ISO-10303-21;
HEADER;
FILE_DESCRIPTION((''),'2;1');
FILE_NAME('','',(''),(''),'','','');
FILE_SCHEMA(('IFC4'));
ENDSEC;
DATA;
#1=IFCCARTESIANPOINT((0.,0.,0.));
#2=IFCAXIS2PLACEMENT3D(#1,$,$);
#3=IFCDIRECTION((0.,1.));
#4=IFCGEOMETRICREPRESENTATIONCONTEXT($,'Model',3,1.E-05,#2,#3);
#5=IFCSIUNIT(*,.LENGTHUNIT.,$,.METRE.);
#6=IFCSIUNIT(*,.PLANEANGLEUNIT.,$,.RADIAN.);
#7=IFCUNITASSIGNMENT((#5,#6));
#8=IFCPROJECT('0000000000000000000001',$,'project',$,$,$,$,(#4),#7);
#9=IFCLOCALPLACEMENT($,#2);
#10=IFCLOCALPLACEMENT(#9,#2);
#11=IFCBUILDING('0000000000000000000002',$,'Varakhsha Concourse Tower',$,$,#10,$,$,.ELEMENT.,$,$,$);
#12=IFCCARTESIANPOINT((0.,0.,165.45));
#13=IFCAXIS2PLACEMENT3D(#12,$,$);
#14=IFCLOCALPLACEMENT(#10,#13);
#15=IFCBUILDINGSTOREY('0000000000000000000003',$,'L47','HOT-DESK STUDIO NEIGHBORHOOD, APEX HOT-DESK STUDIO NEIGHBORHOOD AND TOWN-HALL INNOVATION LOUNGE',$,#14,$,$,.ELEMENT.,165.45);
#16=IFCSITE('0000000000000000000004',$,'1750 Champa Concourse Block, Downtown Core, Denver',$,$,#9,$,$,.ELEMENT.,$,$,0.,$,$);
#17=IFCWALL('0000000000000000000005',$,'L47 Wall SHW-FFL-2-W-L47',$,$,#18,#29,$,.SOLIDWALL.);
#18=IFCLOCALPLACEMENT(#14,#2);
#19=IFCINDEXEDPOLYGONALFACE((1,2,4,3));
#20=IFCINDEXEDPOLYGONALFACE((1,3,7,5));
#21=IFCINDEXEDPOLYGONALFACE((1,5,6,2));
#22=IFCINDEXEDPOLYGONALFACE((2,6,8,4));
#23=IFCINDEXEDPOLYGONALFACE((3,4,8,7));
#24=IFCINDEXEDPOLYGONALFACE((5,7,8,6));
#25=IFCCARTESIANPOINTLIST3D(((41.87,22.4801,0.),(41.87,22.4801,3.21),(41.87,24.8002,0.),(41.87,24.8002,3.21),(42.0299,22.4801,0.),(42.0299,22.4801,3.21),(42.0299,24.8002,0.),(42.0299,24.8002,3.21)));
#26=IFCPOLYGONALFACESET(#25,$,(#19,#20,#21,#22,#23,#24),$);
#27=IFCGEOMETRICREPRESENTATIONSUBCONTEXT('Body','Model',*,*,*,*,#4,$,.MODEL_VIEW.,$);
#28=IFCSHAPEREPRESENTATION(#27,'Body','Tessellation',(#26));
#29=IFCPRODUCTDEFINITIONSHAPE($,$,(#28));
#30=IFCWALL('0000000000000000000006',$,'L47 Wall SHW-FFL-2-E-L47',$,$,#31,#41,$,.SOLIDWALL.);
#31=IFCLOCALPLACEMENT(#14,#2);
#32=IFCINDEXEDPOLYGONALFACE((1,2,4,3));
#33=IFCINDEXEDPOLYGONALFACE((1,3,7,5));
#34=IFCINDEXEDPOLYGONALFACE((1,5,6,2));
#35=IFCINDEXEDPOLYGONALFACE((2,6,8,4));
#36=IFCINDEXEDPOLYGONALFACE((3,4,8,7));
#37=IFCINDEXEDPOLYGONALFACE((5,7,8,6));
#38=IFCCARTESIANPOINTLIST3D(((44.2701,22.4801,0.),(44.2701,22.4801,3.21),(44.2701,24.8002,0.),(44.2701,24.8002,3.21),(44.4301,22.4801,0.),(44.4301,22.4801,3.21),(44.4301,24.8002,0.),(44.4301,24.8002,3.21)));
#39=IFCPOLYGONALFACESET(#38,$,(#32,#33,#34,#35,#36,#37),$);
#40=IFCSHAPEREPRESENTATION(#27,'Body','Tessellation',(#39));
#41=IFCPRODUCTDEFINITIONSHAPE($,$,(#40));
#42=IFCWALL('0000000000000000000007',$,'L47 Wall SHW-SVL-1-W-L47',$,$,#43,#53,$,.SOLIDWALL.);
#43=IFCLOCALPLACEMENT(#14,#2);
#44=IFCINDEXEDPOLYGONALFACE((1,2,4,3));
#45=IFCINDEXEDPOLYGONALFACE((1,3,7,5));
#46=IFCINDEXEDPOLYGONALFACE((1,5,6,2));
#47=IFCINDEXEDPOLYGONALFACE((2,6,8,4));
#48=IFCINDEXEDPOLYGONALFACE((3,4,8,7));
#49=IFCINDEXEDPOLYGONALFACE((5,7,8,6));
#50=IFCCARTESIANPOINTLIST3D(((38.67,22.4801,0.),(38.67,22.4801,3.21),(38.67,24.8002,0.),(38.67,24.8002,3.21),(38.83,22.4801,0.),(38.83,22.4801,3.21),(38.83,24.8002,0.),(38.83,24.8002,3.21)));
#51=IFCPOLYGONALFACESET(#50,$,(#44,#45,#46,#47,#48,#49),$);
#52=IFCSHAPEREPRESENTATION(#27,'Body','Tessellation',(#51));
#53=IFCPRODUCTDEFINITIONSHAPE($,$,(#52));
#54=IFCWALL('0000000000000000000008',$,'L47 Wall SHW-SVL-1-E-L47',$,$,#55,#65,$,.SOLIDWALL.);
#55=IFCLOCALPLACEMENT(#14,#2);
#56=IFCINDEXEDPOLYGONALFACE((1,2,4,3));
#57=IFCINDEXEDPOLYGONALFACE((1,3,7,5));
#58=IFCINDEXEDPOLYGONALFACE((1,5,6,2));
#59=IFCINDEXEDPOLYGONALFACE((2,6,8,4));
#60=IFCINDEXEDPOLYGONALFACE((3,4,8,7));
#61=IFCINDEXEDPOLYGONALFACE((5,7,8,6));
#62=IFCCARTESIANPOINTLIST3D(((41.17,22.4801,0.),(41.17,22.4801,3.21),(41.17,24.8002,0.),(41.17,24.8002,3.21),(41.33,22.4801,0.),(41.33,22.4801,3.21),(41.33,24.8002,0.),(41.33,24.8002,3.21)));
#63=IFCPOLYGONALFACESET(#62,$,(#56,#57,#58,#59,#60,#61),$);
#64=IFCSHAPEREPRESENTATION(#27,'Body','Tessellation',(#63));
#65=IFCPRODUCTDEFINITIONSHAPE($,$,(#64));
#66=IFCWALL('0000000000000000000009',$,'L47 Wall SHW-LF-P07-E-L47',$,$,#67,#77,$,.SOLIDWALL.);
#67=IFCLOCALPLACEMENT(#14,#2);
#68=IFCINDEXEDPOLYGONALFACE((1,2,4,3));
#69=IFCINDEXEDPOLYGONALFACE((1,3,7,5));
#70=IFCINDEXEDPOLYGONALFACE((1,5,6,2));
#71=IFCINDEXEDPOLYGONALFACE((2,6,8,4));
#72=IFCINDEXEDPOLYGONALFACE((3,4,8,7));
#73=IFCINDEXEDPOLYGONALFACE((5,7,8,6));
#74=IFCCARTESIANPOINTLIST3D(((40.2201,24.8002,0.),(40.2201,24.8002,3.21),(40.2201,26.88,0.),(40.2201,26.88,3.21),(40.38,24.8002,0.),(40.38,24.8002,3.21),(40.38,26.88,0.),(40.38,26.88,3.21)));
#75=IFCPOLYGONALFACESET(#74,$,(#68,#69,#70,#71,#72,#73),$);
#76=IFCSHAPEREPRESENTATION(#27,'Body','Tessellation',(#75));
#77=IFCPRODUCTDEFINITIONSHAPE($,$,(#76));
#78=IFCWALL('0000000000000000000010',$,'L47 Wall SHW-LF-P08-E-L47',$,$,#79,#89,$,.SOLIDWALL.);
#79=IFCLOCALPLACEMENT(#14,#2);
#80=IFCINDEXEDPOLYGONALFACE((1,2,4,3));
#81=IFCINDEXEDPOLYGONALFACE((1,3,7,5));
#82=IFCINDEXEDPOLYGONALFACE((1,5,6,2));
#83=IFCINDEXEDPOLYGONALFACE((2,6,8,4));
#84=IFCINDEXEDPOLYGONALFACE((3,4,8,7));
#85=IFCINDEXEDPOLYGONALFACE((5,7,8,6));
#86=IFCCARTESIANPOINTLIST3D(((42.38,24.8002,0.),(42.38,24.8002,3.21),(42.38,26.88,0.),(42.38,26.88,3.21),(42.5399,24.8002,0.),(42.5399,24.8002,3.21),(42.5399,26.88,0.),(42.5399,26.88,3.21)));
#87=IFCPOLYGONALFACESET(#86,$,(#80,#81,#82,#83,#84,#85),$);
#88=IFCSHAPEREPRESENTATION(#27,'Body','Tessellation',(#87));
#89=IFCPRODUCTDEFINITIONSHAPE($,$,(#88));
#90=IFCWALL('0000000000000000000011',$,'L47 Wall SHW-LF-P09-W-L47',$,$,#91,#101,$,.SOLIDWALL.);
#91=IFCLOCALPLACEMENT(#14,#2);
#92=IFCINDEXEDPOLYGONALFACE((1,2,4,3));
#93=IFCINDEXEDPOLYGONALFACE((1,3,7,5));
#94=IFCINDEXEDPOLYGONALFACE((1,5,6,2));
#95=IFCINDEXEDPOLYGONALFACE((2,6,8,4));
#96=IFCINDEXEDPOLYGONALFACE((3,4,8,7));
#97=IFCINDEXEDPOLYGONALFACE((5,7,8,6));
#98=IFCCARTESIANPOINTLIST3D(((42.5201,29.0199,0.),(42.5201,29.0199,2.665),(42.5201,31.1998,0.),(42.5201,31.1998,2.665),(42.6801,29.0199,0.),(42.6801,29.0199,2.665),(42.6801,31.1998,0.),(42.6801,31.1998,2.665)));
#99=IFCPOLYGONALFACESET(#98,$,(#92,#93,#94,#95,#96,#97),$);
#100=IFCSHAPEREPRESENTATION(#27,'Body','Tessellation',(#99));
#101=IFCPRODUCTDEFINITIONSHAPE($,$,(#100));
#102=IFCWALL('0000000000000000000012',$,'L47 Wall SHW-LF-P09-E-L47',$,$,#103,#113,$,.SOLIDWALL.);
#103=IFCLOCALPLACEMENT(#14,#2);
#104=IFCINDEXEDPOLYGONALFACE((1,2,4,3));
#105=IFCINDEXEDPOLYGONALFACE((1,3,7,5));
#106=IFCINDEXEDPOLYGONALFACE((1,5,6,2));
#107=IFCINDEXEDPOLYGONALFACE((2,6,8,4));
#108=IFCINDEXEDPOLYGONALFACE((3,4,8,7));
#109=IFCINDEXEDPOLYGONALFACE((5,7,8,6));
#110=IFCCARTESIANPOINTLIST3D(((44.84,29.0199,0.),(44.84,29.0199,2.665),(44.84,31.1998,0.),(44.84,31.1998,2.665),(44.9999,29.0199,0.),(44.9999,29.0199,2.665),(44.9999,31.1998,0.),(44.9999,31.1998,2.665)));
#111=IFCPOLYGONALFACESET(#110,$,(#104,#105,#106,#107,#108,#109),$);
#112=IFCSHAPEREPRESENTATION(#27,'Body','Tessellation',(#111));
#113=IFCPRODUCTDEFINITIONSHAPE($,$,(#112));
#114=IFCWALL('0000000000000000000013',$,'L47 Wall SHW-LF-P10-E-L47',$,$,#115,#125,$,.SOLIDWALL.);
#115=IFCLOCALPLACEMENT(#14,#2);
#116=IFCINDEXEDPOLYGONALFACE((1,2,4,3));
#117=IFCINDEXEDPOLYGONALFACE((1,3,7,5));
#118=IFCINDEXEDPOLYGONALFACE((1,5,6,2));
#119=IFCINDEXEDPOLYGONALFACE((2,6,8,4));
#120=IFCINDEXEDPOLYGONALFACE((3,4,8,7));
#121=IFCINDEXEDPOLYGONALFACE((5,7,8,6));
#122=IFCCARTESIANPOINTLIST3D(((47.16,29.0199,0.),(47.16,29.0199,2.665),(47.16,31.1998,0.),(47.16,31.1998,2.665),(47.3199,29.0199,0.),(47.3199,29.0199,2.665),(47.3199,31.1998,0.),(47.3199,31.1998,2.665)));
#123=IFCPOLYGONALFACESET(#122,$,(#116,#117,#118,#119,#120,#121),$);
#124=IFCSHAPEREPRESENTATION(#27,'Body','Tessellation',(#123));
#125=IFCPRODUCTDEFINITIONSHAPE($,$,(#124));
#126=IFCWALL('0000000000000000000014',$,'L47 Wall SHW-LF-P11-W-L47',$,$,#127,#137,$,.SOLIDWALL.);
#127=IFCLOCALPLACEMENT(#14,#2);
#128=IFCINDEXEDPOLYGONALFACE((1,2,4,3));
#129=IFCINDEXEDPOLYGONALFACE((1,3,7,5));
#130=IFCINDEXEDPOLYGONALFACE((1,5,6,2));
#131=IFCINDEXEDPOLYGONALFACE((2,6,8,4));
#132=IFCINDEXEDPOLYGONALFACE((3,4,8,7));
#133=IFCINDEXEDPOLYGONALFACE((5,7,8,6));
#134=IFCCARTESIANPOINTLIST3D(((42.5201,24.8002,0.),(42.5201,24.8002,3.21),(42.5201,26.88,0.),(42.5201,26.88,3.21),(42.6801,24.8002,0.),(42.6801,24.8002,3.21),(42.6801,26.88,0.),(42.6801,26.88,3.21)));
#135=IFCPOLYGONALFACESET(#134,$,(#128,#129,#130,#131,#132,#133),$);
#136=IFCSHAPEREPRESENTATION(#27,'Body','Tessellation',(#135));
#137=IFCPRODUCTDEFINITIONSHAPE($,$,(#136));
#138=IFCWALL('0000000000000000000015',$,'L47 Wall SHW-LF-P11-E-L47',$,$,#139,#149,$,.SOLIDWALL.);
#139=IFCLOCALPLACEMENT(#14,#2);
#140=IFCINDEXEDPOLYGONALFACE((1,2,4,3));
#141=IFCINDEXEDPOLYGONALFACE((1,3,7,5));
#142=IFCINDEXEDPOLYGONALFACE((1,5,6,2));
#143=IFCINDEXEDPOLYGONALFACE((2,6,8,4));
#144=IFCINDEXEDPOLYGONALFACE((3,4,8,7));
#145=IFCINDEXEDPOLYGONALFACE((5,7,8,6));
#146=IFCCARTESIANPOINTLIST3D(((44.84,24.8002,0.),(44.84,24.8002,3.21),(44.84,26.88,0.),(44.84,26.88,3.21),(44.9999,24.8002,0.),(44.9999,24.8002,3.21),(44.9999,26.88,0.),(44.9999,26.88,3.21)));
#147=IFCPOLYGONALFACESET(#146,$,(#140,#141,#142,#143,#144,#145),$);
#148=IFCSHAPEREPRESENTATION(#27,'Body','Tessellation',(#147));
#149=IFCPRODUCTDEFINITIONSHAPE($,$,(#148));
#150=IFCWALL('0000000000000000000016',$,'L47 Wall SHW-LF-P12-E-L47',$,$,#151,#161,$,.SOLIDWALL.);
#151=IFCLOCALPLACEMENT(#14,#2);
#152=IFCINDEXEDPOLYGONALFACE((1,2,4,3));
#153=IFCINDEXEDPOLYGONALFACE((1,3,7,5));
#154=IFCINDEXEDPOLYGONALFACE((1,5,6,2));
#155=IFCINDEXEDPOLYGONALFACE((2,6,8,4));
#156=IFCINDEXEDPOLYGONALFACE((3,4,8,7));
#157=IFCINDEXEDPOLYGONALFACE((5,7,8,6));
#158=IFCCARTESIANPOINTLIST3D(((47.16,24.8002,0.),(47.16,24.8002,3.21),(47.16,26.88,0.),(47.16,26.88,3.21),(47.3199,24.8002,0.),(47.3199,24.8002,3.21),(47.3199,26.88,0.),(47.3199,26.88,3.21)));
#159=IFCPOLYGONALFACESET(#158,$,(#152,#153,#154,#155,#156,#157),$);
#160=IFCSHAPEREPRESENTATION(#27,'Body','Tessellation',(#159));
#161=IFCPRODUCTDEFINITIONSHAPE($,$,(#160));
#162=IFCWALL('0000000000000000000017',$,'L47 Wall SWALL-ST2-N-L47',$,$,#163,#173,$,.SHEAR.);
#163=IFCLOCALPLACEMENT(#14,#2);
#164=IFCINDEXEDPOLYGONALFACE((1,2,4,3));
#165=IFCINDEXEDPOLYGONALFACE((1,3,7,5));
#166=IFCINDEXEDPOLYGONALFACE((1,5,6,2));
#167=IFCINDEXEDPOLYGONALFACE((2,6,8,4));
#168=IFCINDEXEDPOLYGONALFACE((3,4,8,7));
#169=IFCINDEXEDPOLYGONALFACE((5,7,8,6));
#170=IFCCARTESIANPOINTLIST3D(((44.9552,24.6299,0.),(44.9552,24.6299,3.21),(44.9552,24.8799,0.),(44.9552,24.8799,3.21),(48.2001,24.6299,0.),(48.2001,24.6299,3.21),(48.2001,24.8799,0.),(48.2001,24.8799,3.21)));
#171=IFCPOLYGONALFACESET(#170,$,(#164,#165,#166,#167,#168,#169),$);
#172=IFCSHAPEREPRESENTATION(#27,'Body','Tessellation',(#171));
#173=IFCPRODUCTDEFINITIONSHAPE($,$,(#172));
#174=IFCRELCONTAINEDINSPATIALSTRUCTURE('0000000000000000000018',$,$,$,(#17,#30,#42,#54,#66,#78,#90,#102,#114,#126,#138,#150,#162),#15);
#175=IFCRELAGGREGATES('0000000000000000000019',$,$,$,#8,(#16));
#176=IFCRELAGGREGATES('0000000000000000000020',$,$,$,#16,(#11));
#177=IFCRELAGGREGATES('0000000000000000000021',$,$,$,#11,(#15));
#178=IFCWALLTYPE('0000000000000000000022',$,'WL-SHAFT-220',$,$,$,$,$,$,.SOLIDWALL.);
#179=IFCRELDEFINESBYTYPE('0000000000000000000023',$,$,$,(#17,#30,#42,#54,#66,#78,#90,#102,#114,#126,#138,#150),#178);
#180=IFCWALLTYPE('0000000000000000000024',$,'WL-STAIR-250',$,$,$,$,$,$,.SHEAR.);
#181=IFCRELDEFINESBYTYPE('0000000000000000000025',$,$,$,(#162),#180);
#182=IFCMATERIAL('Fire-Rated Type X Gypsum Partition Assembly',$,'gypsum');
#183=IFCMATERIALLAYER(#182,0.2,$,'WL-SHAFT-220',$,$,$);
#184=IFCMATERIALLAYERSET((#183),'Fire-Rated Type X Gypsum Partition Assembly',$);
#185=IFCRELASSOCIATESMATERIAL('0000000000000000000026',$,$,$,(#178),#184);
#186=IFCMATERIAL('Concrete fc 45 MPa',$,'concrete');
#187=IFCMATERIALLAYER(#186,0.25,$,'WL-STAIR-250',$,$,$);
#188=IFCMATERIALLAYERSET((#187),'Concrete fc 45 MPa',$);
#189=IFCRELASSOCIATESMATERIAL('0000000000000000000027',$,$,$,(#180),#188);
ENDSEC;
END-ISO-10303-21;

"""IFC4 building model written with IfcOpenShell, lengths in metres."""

from ifc_helpers import new_model, si_unit, direction, frame, frame_2d, origin, place, context, subcontext, project, spatial, rectangle, extrude, material, layer, layer_set, type_object, element, save


model = new_model("IFC4")

# Units and contexts
model_context = context("Model", 3, precision=1e-05, world=origin(), true_north=direction((0.0, 1.0)))
body_context = subcontext(model_context, "Body", "Model", "MODEL_VIEW")
ifc_project = project(units=[si_unit("LENGTHUNIT", "METRE"), si_unit("PLANEANGLEUNIT", "RADIAN")], contexts=[model_context])

# Site, building, storey
site_placement = place(None, origin())
site = spatial("IfcSite", under=ifc_project, at=site_placement, Name="1750 Champa Concourse Block, Downtown Core, Denver", CompositionType="ELEMENT", RefElevation=0.0)
building_placement = place(site_placement, origin())
building = spatial("IfcBuilding", under=site, at=building_placement, Name="Varakhsha Concourse Tower", CompositionType="ELEMENT")
storey_placement = place(building_placement, frame((0.0, 0.0, 165.45)))
storey = spatial("IfcBuildingStorey", under=building, at=storey_placement, Name="L47", Description="HOT-DESK STUDIO NEIGHBORHOOD, APEX HOT-DESK STUDIO NEIGHBORHOOD AND TOWN-HALL INNOVATION LOUNGE", CompositionType="ELEMENT", Elevation=165.45)

# Shared definitions
ifc_material_1 = material(Name="Fire-Rated Type X Gypsum Partition Assembly", Category="gypsum")

# Walls
ifc_layer_1 = layer(ifc_material_1, 0.2, Name="WL-SHAFT-220")
ifc_layer_set_1 = layer_set([ifc_layer_1], Name="Fire-Rated Type X Gypsum Partition Assembly")
wall_type_1 = type_object("IfcWallType", Name="WL-SHAFT-220", PredefinedType="SOLIDWALL", material=ifc_layer_set_1)
for number, where, z_axis, x_axis, name in (
    (1, (41.95, 22.48, 0.0), (0.0, 0.0, 1.0), (0.0, 1.0, 0.0), "L47 Wall SHW-FFL-2-W-L47"),
    (2, (44.3501, 22.48, 0.0), (0.0, 0.0, 1.0), (0.0, 1.0, 0.0), "L47 Wall SHW-FFL-2-E-L47"),
    (3, (38.75, 22.48, 0.0), (0.0, 0.0, 1.0), (0.0, 1.0, 0.0), "L47 Wall SHW-SVL-1-W-L47"),
    (4, (41.25, 22.48, 0.0), (0.0, 0.0, 1.0), (0.0, 1.0, 0.0), "L47 Wall SHW-SVL-1-E-L47"),
):
    element("IfcWall", number, at=place(storey_placement, frame(where, z_axis=z_axis, x_axis=x_axis)), inside=storey, type_object=wall_type_1, Name=name, PredefinedType="SOLIDWALL", context=body_context, shape_type="SweptSolid", body=[
        extrude(rectangle(XDim=2.3201, YDim=0.1599, at=frame_2d((1.1602, 0.0))), origin(), (0.0, 0.0, 1.0), 3.21),
    ])
for number, where, z_axis, x_axis, name in (
    (5, (40.3, 24.8, 0.0), (0.0, 0.0, 1.0), (0.0, 1.0, 0.0), "L47 Wall SHW-LF-P07-E-L47"),
    (6, (42.46, 24.8, 0.0), (0.0, 0.0, 1.0), (0.0, 1.0, 0.0), "L47 Wall SHW-LF-P08-E-L47"),
):
    element("IfcWall", number, at=place(storey_placement, frame(where, z_axis=z_axis, x_axis=x_axis)), inside=storey, type_object=wall_type_1, Name=name, PredefinedType="SOLIDWALL", context=body_context, shape_type="SweptSolid", body=[
        extrude(rectangle(XDim=2.0798, YDim=0.1599, at=frame_2d((1.04, 0.0))), origin(), (0.0, 0.0, 1.0), 3.21),
    ])
for number, where, z_axis, x_axis, name in (
    (7, (42.6001, 29.02, 0.0), (0.0, 0.0, 1.0), (0.0, 1.0, 0.0), "L47 Wall SHW-LF-P09-W-L47"),
    (8, (44.9199, 29.02, 0.0), (0.0, 0.0, 1.0), (0.0, 1.0, 0.0), "L47 Wall SHW-LF-P09-E-L47"),
    (9, (47.24, 29.02, 0.0), (0.0, 0.0, 1.0), (0.0, 1.0, 0.0), "L47 Wall SHW-LF-P10-E-L47"),
):
    element("IfcWall", number, at=place(storey_placement, frame(where, z_axis=z_axis, x_axis=x_axis)), inside=storey, type_object=wall_type_1, Name=name, PredefinedType="SOLIDWALL", context=body_context, shape_type="SweptSolid", body=[
        extrude(rectangle(XDim=2.1799, YDim=0.1599, at=frame_2d((1.0898, 0.0))), origin(), (0.0, 0.0, 1.0), 2.665),
    ])
for number, where, z_axis, x_axis, name in (
    (10, (42.6001, 24.8, 0.0), (0.0, 0.0, 1.0), (0.0, 1.0, 0.0), "L47 Wall SHW-LF-P11-W-L47"),
    (11, (44.9199, 24.8, 0.0), (0.0, 0.0, 1.0), (0.0, 1.0, 0.0), "L47 Wall SHW-LF-P11-E-L47"),
    (12, (47.24, 24.8, 0.0), (0.0, 0.0, 1.0), (0.0, 1.0, 0.0), "L47 Wall SHW-LF-P12-E-L47"),
):
    element("IfcWall", number, at=place(storey_placement, frame(where, z_axis=z_axis, x_axis=x_axis)), inside=storey, type_object=wall_type_1, Name=name, PredefinedType="SOLIDWALL", context=body_context, shape_type="SweptSolid", body=[
        extrude(rectangle(XDim=2.0798, YDim=0.1599, at=frame_2d((1.04, 0.0))), origin(), (0.0, 0.0, 1.0), 3.21),
    ])
ifc_material_2 = material(Name="Concrete fc 45 MPa", Category="concrete")
ifc_layer_2 = layer(ifc_material_2, 0.25, Name="WL-STAIR-250")
ifc_layer_set_2 = layer_set([ifc_layer_2], Name="Concrete fc 45 MPa")
wall_type_2 = type_object("IfcWallType", Name="WL-STAIR-250", PredefinedType="SHEAR", material=ifc_layer_set_2)
wall_1_placement = place(storey_placement, frame((44.9551, 24.7549, 0.0), z_axis=(0.0, 0.0, 1.0), x_axis=(1.0, 0.0, 0.0)))
element("IfcWall", 13, at=wall_1_placement, inside=storey, type_object=wall_type_2, Name="L47 Wall SWALL-ST2-N-L47", PredefinedType="SHEAR", context=body_context, shape_type="SweptSolid", body=[
    extrude(rectangle(XDim=3.2449, YDim=0.25, at=frame_2d((1.6226, 0.0))), origin(), (0.0, 0.0, 1.0), 3.21),
])

save(model, "model.ifc")
